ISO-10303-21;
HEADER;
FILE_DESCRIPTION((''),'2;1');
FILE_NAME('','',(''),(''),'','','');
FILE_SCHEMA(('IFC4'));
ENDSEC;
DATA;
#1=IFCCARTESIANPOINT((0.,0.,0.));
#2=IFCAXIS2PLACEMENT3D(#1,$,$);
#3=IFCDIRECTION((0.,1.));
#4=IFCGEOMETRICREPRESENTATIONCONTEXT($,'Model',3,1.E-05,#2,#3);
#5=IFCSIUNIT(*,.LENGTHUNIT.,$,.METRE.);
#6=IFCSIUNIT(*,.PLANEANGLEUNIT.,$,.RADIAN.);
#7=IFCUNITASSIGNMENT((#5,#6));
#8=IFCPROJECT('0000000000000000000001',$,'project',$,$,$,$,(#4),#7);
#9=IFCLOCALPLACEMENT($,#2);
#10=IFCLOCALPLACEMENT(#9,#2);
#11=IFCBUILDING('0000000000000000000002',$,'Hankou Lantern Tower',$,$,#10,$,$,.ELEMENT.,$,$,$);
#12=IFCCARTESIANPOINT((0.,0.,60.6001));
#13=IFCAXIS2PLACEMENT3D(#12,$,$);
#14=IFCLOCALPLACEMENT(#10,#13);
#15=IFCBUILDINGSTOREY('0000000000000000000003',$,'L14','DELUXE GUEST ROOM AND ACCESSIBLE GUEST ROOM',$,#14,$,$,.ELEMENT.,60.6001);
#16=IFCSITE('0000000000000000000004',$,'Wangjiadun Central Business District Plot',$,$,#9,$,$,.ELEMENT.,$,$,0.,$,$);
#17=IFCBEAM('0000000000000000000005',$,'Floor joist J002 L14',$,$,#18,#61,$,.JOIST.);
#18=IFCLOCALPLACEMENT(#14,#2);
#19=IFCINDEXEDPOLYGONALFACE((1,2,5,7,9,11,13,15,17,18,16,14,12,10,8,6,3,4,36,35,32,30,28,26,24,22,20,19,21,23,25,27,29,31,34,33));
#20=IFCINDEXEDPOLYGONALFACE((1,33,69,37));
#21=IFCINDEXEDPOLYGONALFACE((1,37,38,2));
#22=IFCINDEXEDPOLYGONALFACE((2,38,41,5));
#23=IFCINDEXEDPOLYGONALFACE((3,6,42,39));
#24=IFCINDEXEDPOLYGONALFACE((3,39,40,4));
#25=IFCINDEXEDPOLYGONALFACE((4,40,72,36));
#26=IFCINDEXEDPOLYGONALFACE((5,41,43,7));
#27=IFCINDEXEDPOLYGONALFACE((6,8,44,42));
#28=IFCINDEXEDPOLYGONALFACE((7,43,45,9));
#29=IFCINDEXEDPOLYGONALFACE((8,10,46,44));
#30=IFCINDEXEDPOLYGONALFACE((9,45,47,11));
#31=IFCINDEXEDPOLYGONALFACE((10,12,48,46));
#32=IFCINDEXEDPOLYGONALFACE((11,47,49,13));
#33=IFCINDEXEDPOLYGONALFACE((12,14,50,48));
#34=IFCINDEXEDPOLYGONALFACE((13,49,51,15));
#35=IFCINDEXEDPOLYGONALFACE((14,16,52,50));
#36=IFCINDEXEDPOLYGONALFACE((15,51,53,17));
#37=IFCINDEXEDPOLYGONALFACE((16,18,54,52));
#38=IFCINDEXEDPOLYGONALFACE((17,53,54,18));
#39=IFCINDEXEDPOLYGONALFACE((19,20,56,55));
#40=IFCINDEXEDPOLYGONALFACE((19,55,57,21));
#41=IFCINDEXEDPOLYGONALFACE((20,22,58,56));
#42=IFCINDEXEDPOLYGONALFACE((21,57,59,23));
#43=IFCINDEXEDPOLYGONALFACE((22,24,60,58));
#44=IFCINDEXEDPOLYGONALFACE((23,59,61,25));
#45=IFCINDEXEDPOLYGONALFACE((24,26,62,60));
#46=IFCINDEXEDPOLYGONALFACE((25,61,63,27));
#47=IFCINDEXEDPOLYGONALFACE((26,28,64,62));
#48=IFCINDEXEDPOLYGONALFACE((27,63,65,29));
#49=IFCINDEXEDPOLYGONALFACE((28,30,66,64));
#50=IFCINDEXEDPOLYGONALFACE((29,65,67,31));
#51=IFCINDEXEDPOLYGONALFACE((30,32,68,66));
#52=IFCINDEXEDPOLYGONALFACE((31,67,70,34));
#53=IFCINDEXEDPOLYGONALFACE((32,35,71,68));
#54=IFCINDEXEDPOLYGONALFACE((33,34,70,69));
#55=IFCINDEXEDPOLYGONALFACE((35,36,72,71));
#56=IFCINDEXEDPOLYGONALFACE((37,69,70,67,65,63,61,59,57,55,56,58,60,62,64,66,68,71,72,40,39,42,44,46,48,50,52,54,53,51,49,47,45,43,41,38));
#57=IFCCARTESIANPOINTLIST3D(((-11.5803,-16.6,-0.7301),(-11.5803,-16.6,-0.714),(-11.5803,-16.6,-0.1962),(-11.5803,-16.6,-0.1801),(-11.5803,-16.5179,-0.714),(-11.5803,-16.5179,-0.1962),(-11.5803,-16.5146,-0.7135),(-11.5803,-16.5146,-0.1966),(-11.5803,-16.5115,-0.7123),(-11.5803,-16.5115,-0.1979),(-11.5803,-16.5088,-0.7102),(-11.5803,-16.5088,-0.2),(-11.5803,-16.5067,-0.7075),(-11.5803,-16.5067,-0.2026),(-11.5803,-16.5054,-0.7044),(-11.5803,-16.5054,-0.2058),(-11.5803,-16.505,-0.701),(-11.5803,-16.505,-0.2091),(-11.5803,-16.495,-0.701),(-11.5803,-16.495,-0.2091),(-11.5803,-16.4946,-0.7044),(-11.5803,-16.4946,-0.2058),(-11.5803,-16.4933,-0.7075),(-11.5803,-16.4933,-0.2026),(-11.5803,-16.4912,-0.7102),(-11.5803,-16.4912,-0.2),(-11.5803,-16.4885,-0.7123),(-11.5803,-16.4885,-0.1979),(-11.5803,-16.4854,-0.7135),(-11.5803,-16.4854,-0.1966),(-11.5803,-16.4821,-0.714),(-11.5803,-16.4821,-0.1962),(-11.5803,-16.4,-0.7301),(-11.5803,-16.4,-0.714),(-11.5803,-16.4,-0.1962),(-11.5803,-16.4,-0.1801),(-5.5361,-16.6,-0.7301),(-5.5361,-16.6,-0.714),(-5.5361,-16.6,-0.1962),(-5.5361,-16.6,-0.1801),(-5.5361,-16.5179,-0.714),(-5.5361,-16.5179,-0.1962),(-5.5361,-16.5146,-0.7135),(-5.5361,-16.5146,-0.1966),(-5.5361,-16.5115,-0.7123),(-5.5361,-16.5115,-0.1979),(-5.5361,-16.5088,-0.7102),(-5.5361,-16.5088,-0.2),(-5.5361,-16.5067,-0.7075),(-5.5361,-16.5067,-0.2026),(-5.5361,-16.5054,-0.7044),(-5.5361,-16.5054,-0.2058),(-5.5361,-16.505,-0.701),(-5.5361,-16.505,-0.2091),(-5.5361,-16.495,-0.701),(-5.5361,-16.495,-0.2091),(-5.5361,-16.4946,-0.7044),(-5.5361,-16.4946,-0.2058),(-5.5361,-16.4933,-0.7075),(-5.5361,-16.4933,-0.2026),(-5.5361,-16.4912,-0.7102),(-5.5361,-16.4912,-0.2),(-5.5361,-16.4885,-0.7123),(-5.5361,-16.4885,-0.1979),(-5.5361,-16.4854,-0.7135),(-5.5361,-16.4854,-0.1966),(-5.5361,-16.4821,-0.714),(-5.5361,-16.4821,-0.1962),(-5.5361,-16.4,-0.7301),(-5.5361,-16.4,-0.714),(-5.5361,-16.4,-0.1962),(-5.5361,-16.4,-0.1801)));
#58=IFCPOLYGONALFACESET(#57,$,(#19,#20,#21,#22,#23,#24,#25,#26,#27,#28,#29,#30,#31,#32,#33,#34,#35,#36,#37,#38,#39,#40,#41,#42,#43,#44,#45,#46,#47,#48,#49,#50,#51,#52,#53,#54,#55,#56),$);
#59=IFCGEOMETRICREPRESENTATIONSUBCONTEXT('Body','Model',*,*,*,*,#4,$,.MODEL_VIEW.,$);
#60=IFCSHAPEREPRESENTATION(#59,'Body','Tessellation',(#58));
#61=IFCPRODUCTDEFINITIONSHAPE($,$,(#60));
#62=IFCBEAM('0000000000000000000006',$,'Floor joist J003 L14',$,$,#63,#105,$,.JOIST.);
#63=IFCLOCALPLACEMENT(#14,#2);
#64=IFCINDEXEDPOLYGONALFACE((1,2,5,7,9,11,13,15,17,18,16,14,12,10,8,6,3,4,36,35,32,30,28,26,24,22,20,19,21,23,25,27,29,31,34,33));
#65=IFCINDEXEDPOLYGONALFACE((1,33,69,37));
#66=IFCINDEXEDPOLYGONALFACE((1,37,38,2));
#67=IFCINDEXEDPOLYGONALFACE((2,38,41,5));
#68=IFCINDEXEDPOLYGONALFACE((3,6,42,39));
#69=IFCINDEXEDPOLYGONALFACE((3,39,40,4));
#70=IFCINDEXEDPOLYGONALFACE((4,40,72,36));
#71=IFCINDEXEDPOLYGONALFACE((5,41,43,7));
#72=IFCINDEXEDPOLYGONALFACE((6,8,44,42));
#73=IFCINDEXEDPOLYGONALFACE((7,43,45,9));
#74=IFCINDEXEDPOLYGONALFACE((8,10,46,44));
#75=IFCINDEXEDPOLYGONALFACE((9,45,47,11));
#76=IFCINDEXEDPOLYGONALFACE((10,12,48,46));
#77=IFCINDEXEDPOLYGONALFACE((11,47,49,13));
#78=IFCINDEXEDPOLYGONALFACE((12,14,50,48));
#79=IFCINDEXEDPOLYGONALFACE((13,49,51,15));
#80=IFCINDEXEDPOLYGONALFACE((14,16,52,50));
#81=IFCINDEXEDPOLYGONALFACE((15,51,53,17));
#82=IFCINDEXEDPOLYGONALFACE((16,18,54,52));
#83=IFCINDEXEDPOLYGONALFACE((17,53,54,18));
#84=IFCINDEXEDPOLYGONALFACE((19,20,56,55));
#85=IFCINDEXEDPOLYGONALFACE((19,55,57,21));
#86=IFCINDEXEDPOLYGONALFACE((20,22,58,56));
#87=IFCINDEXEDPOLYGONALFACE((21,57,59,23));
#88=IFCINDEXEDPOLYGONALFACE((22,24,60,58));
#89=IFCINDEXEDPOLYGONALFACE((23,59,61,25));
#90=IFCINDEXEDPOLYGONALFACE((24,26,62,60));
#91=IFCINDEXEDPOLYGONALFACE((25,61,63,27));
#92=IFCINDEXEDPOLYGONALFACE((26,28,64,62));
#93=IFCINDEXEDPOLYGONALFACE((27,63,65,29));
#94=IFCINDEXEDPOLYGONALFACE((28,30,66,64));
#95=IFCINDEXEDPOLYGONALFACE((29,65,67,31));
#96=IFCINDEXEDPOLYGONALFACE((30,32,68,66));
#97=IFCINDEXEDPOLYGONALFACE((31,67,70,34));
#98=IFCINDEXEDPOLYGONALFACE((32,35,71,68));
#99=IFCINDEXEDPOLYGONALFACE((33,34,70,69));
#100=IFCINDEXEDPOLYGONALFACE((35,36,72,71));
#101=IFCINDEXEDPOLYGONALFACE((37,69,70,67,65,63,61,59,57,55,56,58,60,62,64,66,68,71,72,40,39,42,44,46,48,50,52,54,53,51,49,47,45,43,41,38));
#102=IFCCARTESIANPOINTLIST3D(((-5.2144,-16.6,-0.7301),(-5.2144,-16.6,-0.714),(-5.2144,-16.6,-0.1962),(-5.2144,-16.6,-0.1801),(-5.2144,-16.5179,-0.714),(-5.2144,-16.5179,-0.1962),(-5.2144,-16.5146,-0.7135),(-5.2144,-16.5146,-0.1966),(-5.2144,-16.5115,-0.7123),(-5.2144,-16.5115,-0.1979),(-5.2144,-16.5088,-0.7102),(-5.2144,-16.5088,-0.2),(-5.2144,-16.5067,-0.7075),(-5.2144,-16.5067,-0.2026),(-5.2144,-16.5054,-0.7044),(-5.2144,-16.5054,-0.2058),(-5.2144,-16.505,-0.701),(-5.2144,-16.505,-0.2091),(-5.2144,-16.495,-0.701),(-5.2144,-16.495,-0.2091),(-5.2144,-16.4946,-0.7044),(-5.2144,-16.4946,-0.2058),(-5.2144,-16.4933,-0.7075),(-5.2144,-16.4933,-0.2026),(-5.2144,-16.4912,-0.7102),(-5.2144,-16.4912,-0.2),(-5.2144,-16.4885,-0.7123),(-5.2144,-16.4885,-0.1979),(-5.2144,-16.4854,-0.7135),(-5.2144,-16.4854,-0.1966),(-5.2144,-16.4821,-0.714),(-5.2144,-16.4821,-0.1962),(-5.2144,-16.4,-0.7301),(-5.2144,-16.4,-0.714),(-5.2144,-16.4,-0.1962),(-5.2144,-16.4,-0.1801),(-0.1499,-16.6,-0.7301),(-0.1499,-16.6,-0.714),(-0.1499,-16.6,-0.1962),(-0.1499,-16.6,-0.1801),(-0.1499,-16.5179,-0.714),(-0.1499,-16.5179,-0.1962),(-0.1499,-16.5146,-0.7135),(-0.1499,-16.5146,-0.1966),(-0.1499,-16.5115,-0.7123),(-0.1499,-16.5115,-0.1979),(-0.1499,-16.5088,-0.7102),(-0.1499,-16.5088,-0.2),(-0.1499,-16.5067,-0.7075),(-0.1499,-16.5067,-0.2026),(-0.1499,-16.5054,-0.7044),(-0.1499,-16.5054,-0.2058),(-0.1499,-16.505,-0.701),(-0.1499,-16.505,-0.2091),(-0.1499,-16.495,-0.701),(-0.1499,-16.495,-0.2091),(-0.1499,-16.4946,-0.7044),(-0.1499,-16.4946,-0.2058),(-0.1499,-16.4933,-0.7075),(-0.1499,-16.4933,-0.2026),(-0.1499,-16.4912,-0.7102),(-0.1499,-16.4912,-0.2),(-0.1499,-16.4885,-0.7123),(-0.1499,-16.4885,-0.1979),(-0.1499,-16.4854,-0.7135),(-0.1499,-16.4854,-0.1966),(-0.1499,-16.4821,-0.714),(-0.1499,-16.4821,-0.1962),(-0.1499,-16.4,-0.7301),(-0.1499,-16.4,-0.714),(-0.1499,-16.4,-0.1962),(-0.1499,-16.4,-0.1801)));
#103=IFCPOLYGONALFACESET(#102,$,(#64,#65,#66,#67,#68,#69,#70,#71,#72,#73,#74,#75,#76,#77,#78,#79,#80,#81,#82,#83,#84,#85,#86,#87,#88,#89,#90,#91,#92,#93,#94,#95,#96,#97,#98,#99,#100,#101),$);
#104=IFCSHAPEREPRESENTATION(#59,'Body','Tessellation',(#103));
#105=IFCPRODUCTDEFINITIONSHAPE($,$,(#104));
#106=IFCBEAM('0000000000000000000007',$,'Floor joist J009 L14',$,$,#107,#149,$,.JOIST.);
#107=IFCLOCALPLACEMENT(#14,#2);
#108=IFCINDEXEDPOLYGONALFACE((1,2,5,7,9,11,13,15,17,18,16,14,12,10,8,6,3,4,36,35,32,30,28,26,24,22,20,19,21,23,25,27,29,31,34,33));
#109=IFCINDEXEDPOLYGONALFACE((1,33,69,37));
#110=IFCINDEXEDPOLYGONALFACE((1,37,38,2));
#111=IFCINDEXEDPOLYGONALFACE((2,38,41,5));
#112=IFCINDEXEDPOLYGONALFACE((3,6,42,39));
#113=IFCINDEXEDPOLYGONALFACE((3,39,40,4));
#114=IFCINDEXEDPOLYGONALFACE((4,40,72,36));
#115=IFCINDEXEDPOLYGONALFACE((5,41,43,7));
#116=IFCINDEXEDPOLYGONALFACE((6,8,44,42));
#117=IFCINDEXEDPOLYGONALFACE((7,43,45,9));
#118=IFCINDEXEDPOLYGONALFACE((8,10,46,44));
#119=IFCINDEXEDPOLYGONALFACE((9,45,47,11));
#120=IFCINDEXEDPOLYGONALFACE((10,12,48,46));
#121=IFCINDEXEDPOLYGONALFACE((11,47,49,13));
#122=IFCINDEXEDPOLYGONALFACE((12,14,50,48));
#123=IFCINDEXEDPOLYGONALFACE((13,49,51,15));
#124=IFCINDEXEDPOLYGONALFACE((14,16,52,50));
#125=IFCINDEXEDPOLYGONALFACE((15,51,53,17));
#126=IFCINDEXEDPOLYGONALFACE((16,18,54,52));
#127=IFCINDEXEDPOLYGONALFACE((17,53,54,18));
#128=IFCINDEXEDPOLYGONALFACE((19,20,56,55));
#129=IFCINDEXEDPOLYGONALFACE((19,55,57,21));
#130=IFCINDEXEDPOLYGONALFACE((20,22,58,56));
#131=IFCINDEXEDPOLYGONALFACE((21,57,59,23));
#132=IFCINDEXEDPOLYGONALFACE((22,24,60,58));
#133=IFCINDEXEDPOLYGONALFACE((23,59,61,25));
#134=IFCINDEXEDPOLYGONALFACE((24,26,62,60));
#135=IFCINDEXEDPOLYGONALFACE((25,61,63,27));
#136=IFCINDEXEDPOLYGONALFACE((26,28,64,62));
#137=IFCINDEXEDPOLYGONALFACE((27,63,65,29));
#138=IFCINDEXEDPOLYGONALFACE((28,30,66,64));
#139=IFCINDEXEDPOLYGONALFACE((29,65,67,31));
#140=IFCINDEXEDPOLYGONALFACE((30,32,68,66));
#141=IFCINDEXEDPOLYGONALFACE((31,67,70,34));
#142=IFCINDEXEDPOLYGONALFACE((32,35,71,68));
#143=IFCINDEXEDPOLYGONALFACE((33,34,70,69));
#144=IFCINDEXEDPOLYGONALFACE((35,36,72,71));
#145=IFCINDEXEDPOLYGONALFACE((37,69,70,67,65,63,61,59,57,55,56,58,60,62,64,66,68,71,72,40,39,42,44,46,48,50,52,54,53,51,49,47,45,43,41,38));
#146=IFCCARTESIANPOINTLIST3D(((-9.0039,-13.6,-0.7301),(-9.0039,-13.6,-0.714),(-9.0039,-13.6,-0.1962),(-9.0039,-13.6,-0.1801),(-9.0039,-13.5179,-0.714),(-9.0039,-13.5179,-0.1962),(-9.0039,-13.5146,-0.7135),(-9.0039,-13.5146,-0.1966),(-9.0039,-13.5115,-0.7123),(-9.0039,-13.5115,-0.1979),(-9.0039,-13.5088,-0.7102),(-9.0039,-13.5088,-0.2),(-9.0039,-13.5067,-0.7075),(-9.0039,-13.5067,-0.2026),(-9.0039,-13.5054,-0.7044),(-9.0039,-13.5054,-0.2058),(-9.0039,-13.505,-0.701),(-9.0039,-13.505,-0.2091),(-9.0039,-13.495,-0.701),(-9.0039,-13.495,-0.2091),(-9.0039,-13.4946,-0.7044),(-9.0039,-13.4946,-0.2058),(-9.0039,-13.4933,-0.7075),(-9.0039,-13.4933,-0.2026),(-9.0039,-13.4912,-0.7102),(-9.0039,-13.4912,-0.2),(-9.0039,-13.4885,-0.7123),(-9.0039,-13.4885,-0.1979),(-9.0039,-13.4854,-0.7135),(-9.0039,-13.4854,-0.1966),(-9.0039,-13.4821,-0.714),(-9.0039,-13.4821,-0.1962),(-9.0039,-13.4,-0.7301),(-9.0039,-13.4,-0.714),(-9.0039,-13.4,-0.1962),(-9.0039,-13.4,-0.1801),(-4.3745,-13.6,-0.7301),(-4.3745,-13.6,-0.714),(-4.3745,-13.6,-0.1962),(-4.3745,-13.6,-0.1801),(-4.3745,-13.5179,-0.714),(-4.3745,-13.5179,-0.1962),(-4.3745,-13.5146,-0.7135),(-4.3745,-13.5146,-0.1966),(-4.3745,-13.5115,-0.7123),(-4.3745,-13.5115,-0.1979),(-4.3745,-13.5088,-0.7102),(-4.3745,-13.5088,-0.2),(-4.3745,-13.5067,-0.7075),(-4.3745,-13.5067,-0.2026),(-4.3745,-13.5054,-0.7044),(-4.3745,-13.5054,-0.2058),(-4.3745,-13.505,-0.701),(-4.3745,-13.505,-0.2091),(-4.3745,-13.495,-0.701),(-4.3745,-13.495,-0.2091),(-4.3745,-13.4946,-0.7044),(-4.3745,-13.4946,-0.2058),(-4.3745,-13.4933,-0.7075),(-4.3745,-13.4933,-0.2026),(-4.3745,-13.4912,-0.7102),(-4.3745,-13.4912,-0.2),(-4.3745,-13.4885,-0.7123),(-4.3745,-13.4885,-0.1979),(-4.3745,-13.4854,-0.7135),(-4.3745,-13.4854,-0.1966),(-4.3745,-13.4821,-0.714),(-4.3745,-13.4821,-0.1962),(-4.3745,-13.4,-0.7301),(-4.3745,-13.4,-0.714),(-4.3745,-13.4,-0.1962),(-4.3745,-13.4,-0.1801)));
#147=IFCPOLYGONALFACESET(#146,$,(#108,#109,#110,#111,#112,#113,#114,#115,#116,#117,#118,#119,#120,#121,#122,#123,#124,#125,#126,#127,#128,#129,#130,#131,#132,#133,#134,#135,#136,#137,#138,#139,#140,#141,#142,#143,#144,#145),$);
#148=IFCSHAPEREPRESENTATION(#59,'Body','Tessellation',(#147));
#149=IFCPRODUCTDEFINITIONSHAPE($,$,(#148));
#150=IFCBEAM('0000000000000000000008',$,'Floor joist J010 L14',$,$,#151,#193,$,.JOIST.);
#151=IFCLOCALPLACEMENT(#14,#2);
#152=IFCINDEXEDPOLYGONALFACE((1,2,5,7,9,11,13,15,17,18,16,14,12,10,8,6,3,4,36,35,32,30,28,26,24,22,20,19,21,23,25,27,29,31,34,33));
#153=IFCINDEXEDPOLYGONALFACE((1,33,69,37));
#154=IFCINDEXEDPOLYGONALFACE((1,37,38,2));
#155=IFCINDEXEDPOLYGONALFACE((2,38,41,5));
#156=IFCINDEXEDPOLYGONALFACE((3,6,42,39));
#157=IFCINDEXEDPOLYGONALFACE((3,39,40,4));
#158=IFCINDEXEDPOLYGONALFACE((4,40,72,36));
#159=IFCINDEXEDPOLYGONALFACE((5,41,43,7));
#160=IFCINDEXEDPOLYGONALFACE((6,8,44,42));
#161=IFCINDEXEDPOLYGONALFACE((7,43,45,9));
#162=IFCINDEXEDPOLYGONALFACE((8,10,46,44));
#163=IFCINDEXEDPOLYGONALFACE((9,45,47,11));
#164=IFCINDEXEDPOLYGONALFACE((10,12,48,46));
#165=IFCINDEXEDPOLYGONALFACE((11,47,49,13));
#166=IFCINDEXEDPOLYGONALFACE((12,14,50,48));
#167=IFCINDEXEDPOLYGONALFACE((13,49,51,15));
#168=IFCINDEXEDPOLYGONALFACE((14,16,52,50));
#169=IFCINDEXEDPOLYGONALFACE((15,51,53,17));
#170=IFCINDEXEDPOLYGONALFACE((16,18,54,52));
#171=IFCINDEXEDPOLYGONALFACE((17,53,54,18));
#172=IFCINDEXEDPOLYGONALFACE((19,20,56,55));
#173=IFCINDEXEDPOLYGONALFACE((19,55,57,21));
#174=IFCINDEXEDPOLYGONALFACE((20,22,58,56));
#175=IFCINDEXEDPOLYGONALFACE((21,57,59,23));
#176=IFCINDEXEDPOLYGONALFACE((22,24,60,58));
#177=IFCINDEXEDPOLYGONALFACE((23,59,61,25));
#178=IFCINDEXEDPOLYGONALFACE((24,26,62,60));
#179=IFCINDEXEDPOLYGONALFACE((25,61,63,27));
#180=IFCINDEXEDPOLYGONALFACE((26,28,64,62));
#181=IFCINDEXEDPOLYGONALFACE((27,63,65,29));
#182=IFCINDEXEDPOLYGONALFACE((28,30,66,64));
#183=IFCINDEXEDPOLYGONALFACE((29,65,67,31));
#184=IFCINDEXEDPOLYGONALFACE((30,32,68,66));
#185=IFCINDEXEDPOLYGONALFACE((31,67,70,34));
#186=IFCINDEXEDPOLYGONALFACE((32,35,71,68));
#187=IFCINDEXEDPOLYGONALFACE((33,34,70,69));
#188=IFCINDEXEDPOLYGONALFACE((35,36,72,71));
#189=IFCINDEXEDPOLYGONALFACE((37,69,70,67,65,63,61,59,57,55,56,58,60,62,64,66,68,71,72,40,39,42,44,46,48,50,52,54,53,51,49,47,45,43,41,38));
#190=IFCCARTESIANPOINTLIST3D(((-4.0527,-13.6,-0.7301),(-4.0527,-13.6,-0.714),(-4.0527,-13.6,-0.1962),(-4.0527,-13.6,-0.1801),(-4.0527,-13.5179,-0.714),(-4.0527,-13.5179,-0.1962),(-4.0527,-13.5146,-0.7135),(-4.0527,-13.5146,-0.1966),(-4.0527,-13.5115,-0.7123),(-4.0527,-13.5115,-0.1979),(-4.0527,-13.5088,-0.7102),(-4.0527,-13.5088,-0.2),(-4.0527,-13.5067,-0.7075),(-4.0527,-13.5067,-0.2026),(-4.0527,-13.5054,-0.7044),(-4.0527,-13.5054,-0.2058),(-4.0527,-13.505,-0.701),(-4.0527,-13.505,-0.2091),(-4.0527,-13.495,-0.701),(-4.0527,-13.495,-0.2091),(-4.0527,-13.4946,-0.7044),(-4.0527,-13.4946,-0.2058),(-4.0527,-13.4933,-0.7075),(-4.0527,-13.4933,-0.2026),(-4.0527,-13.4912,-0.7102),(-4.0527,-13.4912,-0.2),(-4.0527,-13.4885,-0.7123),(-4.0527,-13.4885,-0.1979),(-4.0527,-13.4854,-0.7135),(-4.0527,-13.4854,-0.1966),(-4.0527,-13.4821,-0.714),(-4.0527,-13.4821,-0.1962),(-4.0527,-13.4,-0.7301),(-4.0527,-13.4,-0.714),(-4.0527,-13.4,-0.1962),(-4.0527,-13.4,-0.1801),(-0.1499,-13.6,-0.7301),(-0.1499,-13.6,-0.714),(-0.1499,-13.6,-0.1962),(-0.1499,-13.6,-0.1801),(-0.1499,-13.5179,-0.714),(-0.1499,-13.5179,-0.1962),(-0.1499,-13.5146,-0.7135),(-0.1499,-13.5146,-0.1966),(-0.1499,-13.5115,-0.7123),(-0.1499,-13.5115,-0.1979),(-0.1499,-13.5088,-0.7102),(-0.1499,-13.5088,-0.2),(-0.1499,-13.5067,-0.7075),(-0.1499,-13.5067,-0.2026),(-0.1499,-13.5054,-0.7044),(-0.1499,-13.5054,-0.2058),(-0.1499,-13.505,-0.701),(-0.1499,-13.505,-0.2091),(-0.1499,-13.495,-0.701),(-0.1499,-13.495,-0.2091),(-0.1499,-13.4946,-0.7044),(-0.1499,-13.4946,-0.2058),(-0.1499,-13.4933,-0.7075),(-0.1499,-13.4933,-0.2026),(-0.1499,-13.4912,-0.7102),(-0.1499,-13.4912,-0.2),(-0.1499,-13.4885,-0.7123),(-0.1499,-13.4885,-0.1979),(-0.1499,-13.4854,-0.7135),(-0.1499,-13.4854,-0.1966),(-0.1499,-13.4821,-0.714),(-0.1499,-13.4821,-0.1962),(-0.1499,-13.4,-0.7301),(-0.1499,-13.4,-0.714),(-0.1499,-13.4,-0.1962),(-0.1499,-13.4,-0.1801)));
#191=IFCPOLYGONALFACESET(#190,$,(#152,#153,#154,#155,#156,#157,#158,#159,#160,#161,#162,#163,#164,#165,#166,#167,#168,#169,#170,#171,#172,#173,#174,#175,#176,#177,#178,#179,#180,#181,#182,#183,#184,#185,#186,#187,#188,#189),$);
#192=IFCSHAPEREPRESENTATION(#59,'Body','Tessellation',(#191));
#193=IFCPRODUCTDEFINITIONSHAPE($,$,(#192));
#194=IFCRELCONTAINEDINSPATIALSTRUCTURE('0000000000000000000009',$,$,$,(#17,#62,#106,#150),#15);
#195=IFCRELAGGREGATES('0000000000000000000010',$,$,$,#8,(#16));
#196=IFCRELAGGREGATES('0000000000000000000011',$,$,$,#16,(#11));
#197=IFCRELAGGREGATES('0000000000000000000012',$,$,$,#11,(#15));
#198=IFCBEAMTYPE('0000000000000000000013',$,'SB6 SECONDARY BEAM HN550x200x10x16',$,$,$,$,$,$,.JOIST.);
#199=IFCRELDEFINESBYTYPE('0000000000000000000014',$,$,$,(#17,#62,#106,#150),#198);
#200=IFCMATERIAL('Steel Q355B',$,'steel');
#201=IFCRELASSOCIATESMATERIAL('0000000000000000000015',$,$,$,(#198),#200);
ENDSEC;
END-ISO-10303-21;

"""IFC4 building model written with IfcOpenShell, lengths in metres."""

from ifc_helpers import new_model, si_unit, direction, frame, origin, origin_2d, place, context, subcontext, project, spatial, i_section, extrude, material, material_profile, profile_set, type_object, element, save


model = new_model("IFC4")

# Units and contexts
model_context = context("Model", 3, precision=1e-05, world=origin(), true_north=direction((0.0, 1.0)))
body_context = subcontext(model_context, "Body", "Model", "MODEL_VIEW")
ifc_project = project(units=[si_unit("LENGTHUNIT", "METRE"), si_unit("PLANEANGLEUNIT", "RADIAN")], contexts=[model_context])

# Site, building, storey
site_placement = place(None, origin())
site = spatial("IfcSite", under=ifc_project, at=site_placement, Name="Wangjiadun Central Business District Plot", CompositionType="ELEMENT", RefElevation=0.0)
building_placement = place(site_placement, origin())
building = spatial("IfcBuilding", under=site, at=building_placement, Name="Hankou Lantern Tower", CompositionType="ELEMENT")
storey_placement = place(building_placement, frame((0.0, 0.0, 60.6001)))
storey = spatial("IfcBuildingStorey", under=building, at=storey_placement, Name="L14", Description="DELUXE GUEST ROOM AND ACCESSIBLE GUEST ROOM", CompositionType="ELEMENT", Elevation=60.6001)

# Beams
ifc_material_1 = material(Name="Steel Q355B", Category="steel")
ifc_material_profile_1 = material_profile(ifc_material_1, i_section(OverallWidth=0.2, OverallDepth=0.55, WebThickness=0.01, FlangeThickness=0.0161, FilletRadius=0.0129, at=origin_2d()), Name="HN550x200x10x16")
ifc_profile_set_1 = profile_set([ifc_material_profile_1], Name="Steel Q355B")
beam_type_1 = type_object("IfcBeamType", Name="SB6 SECONDARY BEAM HN550x200x10x16", PredefinedType="JOIST", material=ifc_profile_set_1)
beam_1_placement = place(storey_placement, frame((-11.5803, -16.5, -0.4551), z_axis=(1.0, 0.0, 0.0), x_axis=(0.0, 1.0, 0.0)))
element("IfcBeam", 1, at=beam_1_placement, inside=storey, type_object=beam_type_1, Name="Floor joist J002 L14", PredefinedType="JOIST", context=body_context, shape_type="SweptSolid", body=[
    extrude(i_section(OverallWidth=0.2, OverallDepth=0.55, WebThickness=0.01, FlangeThickness=0.0161, FilletRadius=0.0129, at=origin_2d()), origin(), (0.0, 0.0, 1.0), 6.0442),
])
beam_2_placement = place(storey_placement, frame((-5.2144, -16.5, -0.4551), z_axis=(1.0, 0.0, 0.0), x_axis=(0.0, 1.0, 0.0)))
element("IfcBeam", 2, at=beam_2_placement, inside=storey, type_object=beam_type_1, Name="Floor joist J003 L14", PredefinedType="JOIST", context=body_context, shape_type="SweptSolid", body=[
    extrude(i_section(OverallWidth=0.2, OverallDepth=0.55, WebThickness=0.01, FlangeThickness=0.0161, FilletRadius=0.0129, at=origin_2d()), origin(), (0.0, 0.0, 1.0), 5.0645),
])
beam_3_placement = place(storey_placement, frame((-9.0039, -13.5, -0.4551), z_axis=(1.0, 0.0, 0.0), x_axis=(0.0, 1.0, 0.0)))
element("IfcBeam", 3, at=beam_3_placement, inside=storey, type_object=beam_type_1, Name="Floor joist J009 L14", PredefinedType="JOIST", context=body_context, shape_type="SweptSolid", body=[
    extrude(i_section(OverallWidth=0.2, OverallDepth=0.55, WebThickness=0.01, FlangeThickness=0.0161, FilletRadius=0.0129, at=origin_2d()), origin(), (0.0, 0.0, 1.0), 4.6294),
])
beam_4_placement = place(storey_placement, frame((-4.0527, -13.5, -0.4551), z_axis=(1.0, 0.0, 0.0), x_axis=(0.0, 1.0, 0.0)))
element("IfcBeam", 4, at=beam_4_placement, inside=storey, type_object=beam_type_1, Name="Floor joist J010 L14", PredefinedType="JOIST", context=body_context, shape_type="SweptSolid", body=[
    extrude(i_section(OverallWidth=0.2, OverallDepth=0.55, WebThickness=0.01, FlangeThickness=0.0161, FilletRadius=0.0129, at=origin_2d()), origin(), (0.0, 0.0, 1.0), 3.9028),
])

save(model, "model.ifc")
